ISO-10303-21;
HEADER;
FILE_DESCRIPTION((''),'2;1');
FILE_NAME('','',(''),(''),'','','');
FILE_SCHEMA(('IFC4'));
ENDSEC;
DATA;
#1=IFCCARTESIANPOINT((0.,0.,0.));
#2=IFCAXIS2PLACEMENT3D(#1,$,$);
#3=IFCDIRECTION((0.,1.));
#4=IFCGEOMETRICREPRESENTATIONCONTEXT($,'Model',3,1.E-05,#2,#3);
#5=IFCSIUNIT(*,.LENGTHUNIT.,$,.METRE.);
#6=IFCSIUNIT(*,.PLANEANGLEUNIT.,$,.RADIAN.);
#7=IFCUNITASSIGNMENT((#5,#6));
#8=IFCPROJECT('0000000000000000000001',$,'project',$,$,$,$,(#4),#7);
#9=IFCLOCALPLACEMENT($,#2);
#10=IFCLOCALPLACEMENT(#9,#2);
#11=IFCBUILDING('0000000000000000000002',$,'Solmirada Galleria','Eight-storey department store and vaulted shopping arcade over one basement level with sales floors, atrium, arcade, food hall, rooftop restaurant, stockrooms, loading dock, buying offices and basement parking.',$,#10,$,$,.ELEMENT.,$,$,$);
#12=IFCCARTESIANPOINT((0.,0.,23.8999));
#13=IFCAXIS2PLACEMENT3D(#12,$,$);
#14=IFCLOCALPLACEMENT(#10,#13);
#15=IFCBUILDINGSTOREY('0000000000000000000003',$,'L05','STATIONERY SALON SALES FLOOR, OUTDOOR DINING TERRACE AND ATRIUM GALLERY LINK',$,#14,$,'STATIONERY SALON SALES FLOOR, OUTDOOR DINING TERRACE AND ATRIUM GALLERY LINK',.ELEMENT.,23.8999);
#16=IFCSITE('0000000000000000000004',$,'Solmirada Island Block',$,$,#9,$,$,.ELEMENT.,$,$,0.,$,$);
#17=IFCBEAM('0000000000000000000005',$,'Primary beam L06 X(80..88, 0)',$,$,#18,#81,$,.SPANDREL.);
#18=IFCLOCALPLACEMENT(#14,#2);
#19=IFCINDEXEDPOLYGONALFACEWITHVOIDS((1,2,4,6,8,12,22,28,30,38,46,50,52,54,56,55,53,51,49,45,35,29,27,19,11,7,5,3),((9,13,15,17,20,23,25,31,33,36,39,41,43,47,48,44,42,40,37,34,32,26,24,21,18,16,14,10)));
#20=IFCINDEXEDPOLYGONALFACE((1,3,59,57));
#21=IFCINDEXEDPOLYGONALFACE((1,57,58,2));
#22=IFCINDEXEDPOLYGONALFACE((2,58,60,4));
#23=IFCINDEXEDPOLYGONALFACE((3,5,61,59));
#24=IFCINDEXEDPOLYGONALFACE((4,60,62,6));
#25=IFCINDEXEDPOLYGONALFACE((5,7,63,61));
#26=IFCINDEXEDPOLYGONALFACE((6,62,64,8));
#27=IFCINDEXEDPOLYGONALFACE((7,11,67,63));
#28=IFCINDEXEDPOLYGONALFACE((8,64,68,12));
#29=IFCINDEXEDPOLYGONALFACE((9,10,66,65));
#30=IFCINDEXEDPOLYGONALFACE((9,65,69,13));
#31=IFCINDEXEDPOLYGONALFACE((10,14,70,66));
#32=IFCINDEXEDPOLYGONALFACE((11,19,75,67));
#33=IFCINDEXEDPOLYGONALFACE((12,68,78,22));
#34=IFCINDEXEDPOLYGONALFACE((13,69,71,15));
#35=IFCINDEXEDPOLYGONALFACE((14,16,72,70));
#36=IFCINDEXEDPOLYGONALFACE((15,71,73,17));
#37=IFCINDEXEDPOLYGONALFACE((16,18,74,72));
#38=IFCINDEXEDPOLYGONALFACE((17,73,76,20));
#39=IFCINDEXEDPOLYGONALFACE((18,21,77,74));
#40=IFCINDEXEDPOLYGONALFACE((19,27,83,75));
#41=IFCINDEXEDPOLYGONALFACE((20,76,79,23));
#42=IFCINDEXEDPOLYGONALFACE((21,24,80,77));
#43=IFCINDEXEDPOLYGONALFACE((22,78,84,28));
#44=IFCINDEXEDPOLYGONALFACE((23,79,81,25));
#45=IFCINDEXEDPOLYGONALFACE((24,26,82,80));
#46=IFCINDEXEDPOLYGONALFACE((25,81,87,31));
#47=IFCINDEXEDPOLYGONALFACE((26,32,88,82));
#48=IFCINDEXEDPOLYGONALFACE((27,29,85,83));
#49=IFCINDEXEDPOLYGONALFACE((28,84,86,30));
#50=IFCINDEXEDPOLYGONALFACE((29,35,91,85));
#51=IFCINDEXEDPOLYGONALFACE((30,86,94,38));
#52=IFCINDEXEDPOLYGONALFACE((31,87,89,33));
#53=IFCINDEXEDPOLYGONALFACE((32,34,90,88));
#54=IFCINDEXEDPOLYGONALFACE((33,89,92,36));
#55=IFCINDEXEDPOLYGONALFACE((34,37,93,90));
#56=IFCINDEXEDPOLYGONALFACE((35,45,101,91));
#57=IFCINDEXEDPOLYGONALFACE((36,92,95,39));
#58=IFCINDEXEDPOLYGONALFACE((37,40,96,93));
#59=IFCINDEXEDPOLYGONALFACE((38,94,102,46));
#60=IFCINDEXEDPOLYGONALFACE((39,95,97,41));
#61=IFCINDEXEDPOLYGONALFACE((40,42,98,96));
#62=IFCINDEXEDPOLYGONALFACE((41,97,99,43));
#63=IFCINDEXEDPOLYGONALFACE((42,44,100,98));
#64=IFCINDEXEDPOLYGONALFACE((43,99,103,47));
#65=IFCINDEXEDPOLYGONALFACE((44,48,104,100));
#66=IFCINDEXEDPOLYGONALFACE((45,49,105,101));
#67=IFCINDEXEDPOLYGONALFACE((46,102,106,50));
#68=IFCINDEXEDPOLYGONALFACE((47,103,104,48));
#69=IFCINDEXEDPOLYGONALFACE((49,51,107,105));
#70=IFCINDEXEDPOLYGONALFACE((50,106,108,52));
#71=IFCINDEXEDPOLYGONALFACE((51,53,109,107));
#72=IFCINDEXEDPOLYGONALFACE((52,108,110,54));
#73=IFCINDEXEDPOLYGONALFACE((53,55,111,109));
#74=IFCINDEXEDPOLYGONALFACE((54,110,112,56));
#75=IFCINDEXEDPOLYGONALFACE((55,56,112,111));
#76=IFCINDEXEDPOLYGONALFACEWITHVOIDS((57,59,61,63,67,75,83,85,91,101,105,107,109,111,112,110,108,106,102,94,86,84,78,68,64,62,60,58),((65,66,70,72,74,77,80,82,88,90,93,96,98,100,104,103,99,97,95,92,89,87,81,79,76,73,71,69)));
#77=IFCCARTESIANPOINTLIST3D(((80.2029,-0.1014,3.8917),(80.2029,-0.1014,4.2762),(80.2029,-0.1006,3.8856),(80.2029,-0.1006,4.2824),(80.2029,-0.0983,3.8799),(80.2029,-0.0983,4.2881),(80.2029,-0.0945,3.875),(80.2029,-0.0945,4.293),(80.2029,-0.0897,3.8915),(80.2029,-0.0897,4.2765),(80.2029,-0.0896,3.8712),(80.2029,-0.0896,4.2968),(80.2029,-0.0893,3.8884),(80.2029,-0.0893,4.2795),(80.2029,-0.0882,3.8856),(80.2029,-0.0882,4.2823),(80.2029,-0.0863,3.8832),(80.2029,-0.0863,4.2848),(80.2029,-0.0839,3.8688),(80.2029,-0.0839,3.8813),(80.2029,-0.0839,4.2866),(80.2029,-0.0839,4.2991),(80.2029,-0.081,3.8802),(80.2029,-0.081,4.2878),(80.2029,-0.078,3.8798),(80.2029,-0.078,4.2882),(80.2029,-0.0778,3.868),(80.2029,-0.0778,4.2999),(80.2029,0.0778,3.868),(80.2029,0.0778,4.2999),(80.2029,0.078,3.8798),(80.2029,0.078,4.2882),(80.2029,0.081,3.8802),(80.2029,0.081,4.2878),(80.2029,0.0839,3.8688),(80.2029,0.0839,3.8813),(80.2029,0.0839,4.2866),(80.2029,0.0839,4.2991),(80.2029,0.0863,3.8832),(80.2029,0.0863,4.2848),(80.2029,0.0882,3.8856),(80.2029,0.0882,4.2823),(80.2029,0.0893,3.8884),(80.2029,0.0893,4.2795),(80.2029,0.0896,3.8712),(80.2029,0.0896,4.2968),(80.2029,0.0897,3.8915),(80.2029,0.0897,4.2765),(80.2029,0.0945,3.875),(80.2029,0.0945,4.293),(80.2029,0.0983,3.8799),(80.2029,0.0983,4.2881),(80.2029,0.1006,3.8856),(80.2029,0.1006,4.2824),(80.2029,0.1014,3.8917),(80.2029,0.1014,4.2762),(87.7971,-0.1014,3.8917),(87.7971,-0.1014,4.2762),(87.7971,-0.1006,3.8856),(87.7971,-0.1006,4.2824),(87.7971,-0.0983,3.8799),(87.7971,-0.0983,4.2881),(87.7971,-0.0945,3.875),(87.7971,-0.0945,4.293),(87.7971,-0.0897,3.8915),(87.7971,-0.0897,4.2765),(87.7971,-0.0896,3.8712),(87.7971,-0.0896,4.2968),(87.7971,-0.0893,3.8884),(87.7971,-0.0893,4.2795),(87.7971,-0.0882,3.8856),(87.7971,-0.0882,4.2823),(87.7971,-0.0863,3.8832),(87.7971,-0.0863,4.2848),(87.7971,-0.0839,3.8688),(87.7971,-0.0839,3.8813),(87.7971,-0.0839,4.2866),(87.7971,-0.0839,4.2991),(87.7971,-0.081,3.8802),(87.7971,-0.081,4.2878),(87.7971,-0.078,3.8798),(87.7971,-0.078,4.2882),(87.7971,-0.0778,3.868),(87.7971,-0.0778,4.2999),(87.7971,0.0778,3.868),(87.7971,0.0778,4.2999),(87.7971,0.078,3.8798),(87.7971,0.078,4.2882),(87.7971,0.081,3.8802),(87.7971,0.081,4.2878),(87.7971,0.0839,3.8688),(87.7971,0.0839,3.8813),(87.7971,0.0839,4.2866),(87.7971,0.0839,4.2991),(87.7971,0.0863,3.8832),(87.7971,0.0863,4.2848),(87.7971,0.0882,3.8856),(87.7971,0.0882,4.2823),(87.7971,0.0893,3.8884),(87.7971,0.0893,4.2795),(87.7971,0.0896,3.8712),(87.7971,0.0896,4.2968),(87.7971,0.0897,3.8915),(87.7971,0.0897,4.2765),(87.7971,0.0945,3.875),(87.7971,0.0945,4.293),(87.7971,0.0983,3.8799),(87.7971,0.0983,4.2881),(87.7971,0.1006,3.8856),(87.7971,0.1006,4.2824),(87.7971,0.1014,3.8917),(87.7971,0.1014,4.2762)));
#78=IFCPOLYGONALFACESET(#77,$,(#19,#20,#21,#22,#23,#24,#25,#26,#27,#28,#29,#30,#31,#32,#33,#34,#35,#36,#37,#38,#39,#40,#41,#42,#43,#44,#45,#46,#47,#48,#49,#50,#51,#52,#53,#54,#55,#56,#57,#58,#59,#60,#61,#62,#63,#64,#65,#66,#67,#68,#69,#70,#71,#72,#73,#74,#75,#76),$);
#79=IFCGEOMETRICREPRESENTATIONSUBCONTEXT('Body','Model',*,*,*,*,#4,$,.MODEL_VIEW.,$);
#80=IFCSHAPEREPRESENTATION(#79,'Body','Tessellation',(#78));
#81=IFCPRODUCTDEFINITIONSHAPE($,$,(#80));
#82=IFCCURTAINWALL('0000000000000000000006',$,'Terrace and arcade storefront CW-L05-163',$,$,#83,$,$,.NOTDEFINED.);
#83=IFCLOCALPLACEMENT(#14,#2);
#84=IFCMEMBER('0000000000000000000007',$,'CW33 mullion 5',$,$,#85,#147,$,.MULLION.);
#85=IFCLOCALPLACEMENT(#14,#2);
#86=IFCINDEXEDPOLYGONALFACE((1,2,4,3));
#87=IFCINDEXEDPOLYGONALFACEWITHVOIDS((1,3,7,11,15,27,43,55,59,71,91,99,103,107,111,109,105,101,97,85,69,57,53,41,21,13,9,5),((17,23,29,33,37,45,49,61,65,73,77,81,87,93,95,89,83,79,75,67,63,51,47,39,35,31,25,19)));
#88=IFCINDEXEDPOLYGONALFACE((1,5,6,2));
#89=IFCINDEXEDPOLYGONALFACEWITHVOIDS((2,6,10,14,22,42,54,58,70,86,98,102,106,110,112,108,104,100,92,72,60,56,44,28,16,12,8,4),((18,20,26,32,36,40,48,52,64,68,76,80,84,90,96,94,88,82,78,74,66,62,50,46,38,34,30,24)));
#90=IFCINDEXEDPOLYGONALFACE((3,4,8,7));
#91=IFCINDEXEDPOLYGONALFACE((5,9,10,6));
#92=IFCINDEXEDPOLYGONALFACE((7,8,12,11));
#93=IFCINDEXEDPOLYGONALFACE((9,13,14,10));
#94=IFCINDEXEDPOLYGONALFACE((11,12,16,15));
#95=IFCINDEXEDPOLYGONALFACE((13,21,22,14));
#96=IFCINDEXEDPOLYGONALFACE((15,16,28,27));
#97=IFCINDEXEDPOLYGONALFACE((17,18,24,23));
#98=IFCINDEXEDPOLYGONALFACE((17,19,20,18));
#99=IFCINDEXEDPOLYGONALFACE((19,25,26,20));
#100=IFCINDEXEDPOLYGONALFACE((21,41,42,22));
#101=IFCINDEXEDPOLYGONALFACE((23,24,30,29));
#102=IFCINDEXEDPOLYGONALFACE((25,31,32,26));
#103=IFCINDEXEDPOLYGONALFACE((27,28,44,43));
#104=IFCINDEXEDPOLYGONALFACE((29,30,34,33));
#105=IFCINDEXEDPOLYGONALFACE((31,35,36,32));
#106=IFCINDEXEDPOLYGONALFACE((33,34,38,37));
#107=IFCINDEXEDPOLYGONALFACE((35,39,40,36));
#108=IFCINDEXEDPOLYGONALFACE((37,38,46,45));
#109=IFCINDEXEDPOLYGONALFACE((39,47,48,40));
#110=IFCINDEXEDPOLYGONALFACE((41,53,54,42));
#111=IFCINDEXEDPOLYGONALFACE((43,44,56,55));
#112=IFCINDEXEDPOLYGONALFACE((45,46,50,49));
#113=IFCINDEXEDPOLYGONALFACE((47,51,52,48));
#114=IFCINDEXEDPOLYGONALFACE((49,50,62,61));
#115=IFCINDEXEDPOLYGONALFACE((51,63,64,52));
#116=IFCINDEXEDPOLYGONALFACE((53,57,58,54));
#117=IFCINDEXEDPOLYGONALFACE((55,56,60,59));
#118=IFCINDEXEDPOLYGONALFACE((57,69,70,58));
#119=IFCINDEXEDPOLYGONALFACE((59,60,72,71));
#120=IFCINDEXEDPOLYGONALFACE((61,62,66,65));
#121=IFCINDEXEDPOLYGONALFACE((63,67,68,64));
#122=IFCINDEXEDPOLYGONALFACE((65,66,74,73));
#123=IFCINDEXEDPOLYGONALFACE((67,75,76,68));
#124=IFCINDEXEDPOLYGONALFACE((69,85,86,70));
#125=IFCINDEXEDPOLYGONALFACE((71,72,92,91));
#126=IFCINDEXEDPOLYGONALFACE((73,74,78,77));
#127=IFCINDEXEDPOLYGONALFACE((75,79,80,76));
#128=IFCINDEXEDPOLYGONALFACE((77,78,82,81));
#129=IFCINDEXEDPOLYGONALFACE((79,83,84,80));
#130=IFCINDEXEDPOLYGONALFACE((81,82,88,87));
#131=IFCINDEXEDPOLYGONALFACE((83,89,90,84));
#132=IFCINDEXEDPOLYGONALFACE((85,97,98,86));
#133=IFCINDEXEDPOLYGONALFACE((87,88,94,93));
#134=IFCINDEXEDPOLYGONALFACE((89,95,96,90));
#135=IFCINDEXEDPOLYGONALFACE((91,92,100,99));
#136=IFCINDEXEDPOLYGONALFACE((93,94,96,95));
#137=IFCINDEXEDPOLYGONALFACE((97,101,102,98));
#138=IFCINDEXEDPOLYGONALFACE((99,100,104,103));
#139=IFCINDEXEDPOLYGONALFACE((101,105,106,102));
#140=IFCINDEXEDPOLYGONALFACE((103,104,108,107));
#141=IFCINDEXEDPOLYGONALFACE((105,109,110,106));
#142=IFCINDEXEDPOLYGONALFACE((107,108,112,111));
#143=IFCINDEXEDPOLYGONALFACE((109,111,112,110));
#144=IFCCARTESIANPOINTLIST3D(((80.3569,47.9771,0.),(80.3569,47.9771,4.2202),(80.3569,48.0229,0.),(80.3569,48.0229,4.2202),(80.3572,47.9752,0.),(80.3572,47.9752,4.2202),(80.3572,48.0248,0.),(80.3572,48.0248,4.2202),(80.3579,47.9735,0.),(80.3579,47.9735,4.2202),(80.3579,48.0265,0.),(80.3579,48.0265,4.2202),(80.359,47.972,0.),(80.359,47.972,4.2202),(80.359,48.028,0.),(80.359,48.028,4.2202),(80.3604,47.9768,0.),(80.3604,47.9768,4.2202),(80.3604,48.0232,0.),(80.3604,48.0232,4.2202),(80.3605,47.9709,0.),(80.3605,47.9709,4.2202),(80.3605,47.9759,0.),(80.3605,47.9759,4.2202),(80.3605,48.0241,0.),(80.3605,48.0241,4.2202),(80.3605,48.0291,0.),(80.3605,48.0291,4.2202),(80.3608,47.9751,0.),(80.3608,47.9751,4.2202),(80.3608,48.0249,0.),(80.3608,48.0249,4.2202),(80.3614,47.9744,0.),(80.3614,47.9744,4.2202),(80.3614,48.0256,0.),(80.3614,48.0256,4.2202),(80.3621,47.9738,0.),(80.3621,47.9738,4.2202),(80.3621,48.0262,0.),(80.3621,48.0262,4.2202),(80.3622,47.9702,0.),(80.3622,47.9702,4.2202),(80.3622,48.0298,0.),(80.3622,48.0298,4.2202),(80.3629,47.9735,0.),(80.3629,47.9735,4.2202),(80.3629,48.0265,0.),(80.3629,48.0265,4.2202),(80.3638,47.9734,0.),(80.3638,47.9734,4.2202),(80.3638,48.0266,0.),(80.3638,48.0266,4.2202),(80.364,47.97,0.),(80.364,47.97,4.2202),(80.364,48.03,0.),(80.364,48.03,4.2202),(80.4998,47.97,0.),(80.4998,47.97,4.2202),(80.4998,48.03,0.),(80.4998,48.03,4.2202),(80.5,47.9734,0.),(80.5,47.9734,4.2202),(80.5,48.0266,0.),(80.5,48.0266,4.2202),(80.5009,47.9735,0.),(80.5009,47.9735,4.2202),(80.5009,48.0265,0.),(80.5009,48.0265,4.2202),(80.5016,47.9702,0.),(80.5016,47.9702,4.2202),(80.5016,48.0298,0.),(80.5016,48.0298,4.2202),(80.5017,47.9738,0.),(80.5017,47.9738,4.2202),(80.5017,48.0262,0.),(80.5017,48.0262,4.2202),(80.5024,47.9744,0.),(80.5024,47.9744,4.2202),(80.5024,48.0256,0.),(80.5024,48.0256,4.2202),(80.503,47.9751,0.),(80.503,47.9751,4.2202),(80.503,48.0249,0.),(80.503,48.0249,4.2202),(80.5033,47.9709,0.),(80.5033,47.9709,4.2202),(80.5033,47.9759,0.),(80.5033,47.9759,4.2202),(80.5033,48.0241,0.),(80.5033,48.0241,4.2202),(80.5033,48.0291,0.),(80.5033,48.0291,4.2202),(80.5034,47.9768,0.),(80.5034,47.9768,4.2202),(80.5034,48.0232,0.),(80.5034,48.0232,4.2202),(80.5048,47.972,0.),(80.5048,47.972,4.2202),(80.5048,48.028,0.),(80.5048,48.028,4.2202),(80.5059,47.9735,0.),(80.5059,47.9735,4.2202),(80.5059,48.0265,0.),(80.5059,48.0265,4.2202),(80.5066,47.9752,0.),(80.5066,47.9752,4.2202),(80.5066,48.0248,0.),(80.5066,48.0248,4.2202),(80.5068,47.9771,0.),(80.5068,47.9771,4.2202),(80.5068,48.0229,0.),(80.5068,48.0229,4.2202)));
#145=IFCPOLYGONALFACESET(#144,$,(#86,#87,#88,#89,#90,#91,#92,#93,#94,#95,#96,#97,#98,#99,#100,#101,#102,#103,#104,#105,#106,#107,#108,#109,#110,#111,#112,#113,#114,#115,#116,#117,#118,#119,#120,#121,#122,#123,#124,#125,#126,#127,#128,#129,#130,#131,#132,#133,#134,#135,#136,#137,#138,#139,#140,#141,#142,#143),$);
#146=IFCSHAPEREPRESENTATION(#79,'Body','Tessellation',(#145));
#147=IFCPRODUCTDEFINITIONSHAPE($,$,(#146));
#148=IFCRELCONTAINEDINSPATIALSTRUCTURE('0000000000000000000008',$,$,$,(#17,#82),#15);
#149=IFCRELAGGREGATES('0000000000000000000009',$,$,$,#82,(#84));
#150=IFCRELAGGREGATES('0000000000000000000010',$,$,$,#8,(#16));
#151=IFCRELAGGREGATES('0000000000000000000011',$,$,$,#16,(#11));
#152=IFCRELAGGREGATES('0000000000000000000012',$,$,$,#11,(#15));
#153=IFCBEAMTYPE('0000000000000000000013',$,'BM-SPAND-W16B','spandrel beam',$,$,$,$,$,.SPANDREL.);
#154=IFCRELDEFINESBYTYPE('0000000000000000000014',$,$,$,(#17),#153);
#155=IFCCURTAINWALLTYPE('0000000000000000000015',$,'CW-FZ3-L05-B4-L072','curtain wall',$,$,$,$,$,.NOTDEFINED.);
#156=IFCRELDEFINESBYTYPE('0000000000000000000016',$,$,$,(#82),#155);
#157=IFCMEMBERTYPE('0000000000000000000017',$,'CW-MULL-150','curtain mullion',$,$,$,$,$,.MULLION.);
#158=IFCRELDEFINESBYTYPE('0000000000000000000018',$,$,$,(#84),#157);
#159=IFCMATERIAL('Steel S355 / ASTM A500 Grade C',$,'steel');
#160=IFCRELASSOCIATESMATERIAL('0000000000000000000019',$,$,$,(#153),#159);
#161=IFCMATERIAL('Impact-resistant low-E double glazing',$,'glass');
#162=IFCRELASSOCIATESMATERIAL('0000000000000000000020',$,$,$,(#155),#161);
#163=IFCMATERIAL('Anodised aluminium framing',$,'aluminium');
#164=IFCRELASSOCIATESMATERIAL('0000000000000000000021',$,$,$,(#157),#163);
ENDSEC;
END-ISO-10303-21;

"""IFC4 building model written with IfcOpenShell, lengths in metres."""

from ifc_helpers import new_model, si_unit, direction, frame, origin, origin_2d, place, context, subcontext, project, spatial, hollow_rectangle, extrude, material, material_profile, profile_set, type_object, element, aggregate, save


model = new_model("IFC4")

# Units and contexts
model_context = context("Model", 3, precision=1e-05, world=origin(), true_north=direction((0.0, 1.0)))
body_context = subcontext(model_context, "Body", "Model", "MODEL_VIEW")
ifc_project = project(units=[si_unit("LENGTHUNIT", "METRE"), si_unit("PLANEANGLEUNIT", "RADIAN")], contexts=[model_context])

# Site, building, storey
site_placement = place(None, origin())
site = spatial("IfcSite", under=ifc_project, at=site_placement, Name="Solmirada Island Block", CompositionType="ELEMENT", RefElevation=0.0)
building_placement = place(site_placement, origin())
building = spatial("IfcBuilding", under=site, at=building_placement, Name="Solmirada Galleria", Description="Eight-storey department store and vaulted shopping arcade over one basement level with sales floors, atrium, arcade, food hall, rooftop restaurant, stockrooms, loading dock, buying offices and basement parking.", CompositionType="ELEMENT")
storey_placement = place(building_placement, frame((0.0, 0.0, 23.8999)))
storey = spatial("IfcBuildingStorey", under=building, at=storey_placement, Name="L05", Description="STATIONERY SALON SALES FLOOR, OUTDOOR DINING TERRACE AND ATRIUM GALLERY LINK", LongName="STATIONERY SALON SALES FLOOR, OUTDOOR DINING TERRACE AND ATRIUM GALLERY LINK", CompositionType="ELEMENT", Elevation=23.8999)

# Beam
ifc_material_1 = material(Name="Steel S355 / ASTM A500 Grade C", Category="steel")
ifc_material_profile_1 = material_profile(ifc_material_1, hollow_rectangle(XDim=0.2029, YDim=0.4319, WallThickness=0.0117, InnerFilletRadius=0.0117, OuterFilletRadius=0.0237, at=origin_2d()), Name="HSS17X8X1/2")
ifc_profile_set_1 = profile_set([ifc_material_profile_1], Name="Steel S355 / ASTM A500 Grade C")
beam_type_1 = type_object("IfcBeamType", Name="BM-SPAND-W16B", Description="spandrel beam", PredefinedType="SPANDREL", material=ifc_profile_set_1)
beam_1_placement = place(storey_placement, frame((80.2029, 0.0, 4.084), z_axis=(1.0, 0.0, 0.0), x_axis=(0.0, 1.0, 0.0)))
element("IfcBeam", 1, at=beam_1_placement, inside=storey, type_object=beam_type_1, Name="Primary beam L06 X(80..88, 0)", PredefinedType="SPANDREL", context=body_context, shape_type="SweptSolid", body=[
    extrude(hollow_rectangle(XDim=0.2029, YDim=0.4319, WallThickness=0.0117, InnerFilletRadius=0.0117, OuterFilletRadius=0.0237, at=origin_2d()), origin(), (0.0, 0.0, 1.0), 7.5942),
])

# Curtain wall, member
ifc_material_2 = material(Name="Impact-resistant low-E double glazing", Category="glass")
curtain_wall_type = type_object("IfcCurtainWallType", Name="CW-FZ3-L05-B4-L072", Description="curtain wall", PredefinedType="NOTDEFINED", material=ifc_material_2)
curtain_wall_1_placement = place(storey_placement, origin())
curtain_wall_1 = element("IfcCurtainWall", 2, at=curtain_wall_1_placement, inside=storey, type_object=curtain_wall_type, Name="Terrace and arcade storefront CW-L05-163", PredefinedType="NOTDEFINED")
ifc_material_3 = material(Name="Anodised aluminium framing", Category="aluminium")
ifc_material_profile_2 = material_profile(ifc_material_3, hollow_rectangle(XDim=0.0601, YDim=0.1499, WallThickness=0.0034, InnerFilletRadius=0.0034, OuterFilletRadius=0.0071, at=origin_2d()), Name="ALU-MULL-150X60")
ifc_profile_set_2 = profile_set([ifc_material_profile_2], Name="Anodised aluminium framing")
member_type_1 = type_object("IfcMemberType", Name="CW-MULL-150", Description="curtain mullion", PredefinedType="MULLION", material=ifc_profile_set_2)
member_1_placement = place(storey_placement, frame((80.4319, 48.0, 0.0), z_axis=(0.0, 0.0, 1.0), x_axis=(0.0, -1.0, 0.0)))
member_1 = element("IfcMember", 3, at=member_1_placement, type_object=member_type_1, Name="CW33 mullion 5", PredefinedType="MULLION", context=body_context, shape_type="SweptSolid", body=[
    extrude(hollow_rectangle(XDim=0.0601, YDim=0.1499, WallThickness=0.0034, InnerFilletRadius=0.0034, OuterFilletRadius=0.0071, at=origin_2d()), origin(), (0.0, 0.0, 1.0), 4.2202),
])
aggregate(curtain_wall_1, [member_1])

save(model, "model.ifc")
